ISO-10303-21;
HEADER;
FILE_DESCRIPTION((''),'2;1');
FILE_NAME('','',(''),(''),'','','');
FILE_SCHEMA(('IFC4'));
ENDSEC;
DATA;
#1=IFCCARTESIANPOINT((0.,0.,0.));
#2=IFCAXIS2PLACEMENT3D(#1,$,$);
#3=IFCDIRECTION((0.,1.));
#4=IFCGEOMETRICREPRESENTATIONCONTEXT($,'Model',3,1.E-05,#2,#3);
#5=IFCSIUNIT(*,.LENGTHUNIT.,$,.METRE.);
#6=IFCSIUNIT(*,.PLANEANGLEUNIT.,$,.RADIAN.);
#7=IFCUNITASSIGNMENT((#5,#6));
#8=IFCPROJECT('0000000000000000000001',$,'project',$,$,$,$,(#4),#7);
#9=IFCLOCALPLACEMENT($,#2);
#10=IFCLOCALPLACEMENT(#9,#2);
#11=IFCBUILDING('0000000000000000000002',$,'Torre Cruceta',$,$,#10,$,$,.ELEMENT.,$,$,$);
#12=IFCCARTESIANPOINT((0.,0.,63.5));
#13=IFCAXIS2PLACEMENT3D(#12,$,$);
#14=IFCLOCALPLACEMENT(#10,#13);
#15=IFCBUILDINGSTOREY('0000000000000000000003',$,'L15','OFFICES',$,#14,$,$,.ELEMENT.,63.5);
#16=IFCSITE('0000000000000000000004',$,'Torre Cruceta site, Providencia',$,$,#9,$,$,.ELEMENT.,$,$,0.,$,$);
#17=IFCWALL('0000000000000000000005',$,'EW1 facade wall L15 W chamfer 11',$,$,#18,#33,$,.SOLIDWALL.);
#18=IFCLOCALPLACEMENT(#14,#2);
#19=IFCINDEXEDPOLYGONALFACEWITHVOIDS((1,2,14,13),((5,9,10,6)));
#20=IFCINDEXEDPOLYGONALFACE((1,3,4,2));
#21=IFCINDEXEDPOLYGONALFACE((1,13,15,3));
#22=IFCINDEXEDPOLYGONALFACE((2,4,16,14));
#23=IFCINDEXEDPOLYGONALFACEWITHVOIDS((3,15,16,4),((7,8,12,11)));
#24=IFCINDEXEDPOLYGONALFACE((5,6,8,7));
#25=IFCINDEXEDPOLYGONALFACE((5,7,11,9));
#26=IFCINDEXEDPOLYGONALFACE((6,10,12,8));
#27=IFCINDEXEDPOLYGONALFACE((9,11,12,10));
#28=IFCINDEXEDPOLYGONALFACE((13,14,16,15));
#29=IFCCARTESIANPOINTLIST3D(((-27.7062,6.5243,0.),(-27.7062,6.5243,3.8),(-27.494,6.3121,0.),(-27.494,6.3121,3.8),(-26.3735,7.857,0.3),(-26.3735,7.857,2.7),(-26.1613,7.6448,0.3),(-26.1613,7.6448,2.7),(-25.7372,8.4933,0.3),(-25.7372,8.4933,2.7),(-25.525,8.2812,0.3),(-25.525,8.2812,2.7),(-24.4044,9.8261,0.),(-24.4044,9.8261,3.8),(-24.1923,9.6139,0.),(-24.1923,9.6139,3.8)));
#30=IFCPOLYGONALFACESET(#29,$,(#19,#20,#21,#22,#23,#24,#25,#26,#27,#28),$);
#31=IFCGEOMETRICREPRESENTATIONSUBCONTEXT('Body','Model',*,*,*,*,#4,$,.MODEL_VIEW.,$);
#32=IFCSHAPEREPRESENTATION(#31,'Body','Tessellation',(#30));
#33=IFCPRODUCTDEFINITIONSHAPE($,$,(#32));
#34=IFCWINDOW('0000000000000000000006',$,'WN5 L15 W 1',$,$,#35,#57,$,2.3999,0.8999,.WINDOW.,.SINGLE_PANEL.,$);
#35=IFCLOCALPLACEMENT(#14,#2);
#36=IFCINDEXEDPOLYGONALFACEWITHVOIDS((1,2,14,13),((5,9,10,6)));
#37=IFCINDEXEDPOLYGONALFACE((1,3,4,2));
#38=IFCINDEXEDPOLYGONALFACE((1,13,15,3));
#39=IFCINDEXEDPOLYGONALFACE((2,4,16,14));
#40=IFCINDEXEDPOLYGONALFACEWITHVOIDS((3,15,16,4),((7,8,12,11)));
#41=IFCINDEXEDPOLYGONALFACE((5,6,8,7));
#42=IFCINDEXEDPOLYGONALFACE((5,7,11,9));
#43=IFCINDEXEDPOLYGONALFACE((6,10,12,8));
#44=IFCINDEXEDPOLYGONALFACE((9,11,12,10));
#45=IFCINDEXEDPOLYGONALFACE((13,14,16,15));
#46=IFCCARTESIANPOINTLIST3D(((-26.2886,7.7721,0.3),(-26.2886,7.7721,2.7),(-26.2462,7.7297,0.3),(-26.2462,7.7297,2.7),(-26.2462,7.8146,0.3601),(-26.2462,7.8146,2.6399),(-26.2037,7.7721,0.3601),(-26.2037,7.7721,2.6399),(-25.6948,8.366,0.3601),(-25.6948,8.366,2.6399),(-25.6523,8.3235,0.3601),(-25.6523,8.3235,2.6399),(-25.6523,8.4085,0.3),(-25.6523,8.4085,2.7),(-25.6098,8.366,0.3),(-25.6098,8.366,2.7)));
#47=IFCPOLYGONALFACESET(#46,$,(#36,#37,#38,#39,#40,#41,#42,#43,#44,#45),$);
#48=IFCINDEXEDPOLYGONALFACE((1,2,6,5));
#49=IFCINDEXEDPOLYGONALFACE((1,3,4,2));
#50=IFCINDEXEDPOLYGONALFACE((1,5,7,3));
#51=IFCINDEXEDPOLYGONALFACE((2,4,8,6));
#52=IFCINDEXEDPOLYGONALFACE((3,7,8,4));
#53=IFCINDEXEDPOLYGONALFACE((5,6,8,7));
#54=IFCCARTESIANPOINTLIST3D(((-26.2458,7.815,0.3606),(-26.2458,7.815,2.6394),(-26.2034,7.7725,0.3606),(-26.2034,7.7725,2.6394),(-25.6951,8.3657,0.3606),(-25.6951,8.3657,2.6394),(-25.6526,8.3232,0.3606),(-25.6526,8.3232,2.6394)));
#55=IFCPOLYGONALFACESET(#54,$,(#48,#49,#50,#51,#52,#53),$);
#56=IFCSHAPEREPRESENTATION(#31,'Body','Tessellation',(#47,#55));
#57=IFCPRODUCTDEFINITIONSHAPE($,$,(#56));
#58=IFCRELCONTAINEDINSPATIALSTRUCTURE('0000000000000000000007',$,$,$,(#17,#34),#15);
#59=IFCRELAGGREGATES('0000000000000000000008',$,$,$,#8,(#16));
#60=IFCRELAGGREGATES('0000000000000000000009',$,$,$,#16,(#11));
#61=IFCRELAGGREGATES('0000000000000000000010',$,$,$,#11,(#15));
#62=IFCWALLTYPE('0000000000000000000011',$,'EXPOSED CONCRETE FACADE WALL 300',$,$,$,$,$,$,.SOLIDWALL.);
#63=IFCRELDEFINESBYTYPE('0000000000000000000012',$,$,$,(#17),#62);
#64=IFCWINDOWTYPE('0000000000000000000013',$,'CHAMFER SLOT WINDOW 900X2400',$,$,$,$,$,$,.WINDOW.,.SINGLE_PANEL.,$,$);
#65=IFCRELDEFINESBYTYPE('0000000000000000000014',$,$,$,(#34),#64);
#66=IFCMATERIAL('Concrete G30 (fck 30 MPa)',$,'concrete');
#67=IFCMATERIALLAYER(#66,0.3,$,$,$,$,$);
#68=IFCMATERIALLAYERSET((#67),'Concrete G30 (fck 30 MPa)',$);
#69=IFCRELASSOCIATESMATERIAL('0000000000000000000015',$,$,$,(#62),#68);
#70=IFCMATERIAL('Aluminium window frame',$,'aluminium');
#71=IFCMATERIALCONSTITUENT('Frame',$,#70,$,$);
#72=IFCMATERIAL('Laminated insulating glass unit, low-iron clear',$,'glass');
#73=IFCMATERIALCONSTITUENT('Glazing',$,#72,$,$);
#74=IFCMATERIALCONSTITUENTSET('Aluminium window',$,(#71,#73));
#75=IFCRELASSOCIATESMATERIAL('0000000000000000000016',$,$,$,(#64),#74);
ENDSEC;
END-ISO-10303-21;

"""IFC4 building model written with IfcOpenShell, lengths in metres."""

from ifc_helpers import new_model, si_unit, direction, frame, frame_2d, origin, place, context, subcontext, project, spatial, rectangle, hollow_rectangle, extrude, material, layer, layer_set, constituent, constituent_set, type_object, element, fill, save


model = new_model("IFC4")

# Units and contexts
model_context = context("Model", 3, precision=1e-05, world=origin(), true_north=direction((0.0, 1.0)))
body_context = subcontext(model_context, "Body", "Model", "MODEL_VIEW")
ifc_project = project(units=[si_unit("LENGTHUNIT", "METRE"), si_unit("PLANEANGLEUNIT", "RADIAN")], contexts=[model_context])

# Site, building, storey
site_placement = place(None, origin())
site = spatial("IfcSite", under=ifc_project, at=site_placement, Name="Torre Cruceta site, Providencia", CompositionType="ELEMENT", RefElevation=0.0)
building_placement = place(site_placement, origin())
building = spatial("IfcBuilding", under=site, at=building_placement, Name="Torre Cruceta", CompositionType="ELEMENT")
storey_placement = place(building_placement, frame((0.0, 0.0, 63.5)))
storey = spatial("IfcBuildingStorey", under=building, at=storey_placement, Name="L15", Description="OFFICES", CompositionType="ELEMENT", Elevation=63.5)

# Wall, opening, window
ifc_material_1 = material(Name="Concrete G30 (fck 30 MPa)", Category="concrete")
ifc_layer_1 = layer(ifc_material_1, 0.3)
ifc_layer_set_1 = layer_set([ifc_layer_1], Name="Concrete G30 (fck 30 MPa)")
wall_type = type_object("IfcWallType", Name="EXPOSED CONCRETE FACADE WALL 300", PredefinedType="SOLIDWALL", material=ifc_layer_set_1)
wall_placement = place(storey_placement, frame((-24.2983, 9.72, 0.0), z_axis=(0.0, 0.0, 1.0), x_axis=(-0.707107, -0.707107, 0.0)))
wall = element("IfcWall", 1, at=wall_placement, inside=storey, type_object=wall_type, Name="EW1 facade wall L15 W chamfer 11", PredefinedType="SOLIDWALL", context=body_context, shape_type="SweptSolid", body=[
    extrude(rectangle(XDim=4.6694, YDim=0.3, at=frame_2d((2.3347, 0.0))), origin(), (0.0, 0.0, 1.0), 3.8),
])
opening_placement = place(wall_placement, frame((1.8848, 0.0, 0.3)))
opening = element("IfcOpeningElement", 2, at=opening_placement, cuts=wall, PredefinedType="OPENING", context=body_context, shape_type="SweptSolid", body=[
    extrude(rectangle(XDim=0.8999, YDim=2.3999, at=frame_2d((0.45, 1.2))), frame((0.0, 0.1599, 0.0), z_axis=(0.0, -1.0, 0.0), x_axis=(1.0, 0.0, 0.0)), (0.0, 0.0, 1.0), 0.3201),
])
ifc_material_2 = material(Name="Aluminium window frame", Category="aluminium")
ifc_constituent_1 = constituent(ifc_material_2, Name="Frame")
ifc_material_3 = material(Name="Laminated insulating glass unit, low-iron clear", Category="glass")
ifc_constituent_2 = constituent(ifc_material_3, Name="Glazing")
ifc_constituent_set = constituent_set(constituents=[ifc_constituent_1, ifc_constituent_2], Name="Aluminium window")
window_type = type_object("IfcWindowType", Name="CHAMFER SLOT WINDOW 900X2400", PartitioningType="SINGLE_PANEL", PredefinedType="WINDOW", material=ifc_constituent_set)
window_placement = place(opening_placement, origin())
window = element("IfcWindow", 3, at=window_placement, inside=storey, type_object=window_type, Name="WN5 L15 W 1", OverallHeight=2.3999, OverallWidth=0.8999, PartitioningType="SINGLE_PANEL", PredefinedType="WINDOW", context=body_context, shape_type="SweptSolid", body=[
    extrude(hollow_rectangle(XDim=0.8999, YDim=2.3999, WallThickness=0.0601, at=frame_2d((0.45, 1.2))), frame((0.0, 0.03, 0.0), z_axis=(0.0, -1.0, 0.0), x_axis=(1.0, 0.0, 0.0)), (0.0, 0.0, 1.0), 0.0601),
    extrude(rectangle(XDim=0.7788, YDim=2.2788, at=frame_2d((0.45, 1.2))), frame((0.0, 0.03, 0.0), z_axis=(0.0, -1.0, 0.0), x_axis=(1.0, 0.0, 0.0)), (0.0, 0.0, 1.0), 0.0601),
])
fill(opening, window)

save(model, "model.ifc")
